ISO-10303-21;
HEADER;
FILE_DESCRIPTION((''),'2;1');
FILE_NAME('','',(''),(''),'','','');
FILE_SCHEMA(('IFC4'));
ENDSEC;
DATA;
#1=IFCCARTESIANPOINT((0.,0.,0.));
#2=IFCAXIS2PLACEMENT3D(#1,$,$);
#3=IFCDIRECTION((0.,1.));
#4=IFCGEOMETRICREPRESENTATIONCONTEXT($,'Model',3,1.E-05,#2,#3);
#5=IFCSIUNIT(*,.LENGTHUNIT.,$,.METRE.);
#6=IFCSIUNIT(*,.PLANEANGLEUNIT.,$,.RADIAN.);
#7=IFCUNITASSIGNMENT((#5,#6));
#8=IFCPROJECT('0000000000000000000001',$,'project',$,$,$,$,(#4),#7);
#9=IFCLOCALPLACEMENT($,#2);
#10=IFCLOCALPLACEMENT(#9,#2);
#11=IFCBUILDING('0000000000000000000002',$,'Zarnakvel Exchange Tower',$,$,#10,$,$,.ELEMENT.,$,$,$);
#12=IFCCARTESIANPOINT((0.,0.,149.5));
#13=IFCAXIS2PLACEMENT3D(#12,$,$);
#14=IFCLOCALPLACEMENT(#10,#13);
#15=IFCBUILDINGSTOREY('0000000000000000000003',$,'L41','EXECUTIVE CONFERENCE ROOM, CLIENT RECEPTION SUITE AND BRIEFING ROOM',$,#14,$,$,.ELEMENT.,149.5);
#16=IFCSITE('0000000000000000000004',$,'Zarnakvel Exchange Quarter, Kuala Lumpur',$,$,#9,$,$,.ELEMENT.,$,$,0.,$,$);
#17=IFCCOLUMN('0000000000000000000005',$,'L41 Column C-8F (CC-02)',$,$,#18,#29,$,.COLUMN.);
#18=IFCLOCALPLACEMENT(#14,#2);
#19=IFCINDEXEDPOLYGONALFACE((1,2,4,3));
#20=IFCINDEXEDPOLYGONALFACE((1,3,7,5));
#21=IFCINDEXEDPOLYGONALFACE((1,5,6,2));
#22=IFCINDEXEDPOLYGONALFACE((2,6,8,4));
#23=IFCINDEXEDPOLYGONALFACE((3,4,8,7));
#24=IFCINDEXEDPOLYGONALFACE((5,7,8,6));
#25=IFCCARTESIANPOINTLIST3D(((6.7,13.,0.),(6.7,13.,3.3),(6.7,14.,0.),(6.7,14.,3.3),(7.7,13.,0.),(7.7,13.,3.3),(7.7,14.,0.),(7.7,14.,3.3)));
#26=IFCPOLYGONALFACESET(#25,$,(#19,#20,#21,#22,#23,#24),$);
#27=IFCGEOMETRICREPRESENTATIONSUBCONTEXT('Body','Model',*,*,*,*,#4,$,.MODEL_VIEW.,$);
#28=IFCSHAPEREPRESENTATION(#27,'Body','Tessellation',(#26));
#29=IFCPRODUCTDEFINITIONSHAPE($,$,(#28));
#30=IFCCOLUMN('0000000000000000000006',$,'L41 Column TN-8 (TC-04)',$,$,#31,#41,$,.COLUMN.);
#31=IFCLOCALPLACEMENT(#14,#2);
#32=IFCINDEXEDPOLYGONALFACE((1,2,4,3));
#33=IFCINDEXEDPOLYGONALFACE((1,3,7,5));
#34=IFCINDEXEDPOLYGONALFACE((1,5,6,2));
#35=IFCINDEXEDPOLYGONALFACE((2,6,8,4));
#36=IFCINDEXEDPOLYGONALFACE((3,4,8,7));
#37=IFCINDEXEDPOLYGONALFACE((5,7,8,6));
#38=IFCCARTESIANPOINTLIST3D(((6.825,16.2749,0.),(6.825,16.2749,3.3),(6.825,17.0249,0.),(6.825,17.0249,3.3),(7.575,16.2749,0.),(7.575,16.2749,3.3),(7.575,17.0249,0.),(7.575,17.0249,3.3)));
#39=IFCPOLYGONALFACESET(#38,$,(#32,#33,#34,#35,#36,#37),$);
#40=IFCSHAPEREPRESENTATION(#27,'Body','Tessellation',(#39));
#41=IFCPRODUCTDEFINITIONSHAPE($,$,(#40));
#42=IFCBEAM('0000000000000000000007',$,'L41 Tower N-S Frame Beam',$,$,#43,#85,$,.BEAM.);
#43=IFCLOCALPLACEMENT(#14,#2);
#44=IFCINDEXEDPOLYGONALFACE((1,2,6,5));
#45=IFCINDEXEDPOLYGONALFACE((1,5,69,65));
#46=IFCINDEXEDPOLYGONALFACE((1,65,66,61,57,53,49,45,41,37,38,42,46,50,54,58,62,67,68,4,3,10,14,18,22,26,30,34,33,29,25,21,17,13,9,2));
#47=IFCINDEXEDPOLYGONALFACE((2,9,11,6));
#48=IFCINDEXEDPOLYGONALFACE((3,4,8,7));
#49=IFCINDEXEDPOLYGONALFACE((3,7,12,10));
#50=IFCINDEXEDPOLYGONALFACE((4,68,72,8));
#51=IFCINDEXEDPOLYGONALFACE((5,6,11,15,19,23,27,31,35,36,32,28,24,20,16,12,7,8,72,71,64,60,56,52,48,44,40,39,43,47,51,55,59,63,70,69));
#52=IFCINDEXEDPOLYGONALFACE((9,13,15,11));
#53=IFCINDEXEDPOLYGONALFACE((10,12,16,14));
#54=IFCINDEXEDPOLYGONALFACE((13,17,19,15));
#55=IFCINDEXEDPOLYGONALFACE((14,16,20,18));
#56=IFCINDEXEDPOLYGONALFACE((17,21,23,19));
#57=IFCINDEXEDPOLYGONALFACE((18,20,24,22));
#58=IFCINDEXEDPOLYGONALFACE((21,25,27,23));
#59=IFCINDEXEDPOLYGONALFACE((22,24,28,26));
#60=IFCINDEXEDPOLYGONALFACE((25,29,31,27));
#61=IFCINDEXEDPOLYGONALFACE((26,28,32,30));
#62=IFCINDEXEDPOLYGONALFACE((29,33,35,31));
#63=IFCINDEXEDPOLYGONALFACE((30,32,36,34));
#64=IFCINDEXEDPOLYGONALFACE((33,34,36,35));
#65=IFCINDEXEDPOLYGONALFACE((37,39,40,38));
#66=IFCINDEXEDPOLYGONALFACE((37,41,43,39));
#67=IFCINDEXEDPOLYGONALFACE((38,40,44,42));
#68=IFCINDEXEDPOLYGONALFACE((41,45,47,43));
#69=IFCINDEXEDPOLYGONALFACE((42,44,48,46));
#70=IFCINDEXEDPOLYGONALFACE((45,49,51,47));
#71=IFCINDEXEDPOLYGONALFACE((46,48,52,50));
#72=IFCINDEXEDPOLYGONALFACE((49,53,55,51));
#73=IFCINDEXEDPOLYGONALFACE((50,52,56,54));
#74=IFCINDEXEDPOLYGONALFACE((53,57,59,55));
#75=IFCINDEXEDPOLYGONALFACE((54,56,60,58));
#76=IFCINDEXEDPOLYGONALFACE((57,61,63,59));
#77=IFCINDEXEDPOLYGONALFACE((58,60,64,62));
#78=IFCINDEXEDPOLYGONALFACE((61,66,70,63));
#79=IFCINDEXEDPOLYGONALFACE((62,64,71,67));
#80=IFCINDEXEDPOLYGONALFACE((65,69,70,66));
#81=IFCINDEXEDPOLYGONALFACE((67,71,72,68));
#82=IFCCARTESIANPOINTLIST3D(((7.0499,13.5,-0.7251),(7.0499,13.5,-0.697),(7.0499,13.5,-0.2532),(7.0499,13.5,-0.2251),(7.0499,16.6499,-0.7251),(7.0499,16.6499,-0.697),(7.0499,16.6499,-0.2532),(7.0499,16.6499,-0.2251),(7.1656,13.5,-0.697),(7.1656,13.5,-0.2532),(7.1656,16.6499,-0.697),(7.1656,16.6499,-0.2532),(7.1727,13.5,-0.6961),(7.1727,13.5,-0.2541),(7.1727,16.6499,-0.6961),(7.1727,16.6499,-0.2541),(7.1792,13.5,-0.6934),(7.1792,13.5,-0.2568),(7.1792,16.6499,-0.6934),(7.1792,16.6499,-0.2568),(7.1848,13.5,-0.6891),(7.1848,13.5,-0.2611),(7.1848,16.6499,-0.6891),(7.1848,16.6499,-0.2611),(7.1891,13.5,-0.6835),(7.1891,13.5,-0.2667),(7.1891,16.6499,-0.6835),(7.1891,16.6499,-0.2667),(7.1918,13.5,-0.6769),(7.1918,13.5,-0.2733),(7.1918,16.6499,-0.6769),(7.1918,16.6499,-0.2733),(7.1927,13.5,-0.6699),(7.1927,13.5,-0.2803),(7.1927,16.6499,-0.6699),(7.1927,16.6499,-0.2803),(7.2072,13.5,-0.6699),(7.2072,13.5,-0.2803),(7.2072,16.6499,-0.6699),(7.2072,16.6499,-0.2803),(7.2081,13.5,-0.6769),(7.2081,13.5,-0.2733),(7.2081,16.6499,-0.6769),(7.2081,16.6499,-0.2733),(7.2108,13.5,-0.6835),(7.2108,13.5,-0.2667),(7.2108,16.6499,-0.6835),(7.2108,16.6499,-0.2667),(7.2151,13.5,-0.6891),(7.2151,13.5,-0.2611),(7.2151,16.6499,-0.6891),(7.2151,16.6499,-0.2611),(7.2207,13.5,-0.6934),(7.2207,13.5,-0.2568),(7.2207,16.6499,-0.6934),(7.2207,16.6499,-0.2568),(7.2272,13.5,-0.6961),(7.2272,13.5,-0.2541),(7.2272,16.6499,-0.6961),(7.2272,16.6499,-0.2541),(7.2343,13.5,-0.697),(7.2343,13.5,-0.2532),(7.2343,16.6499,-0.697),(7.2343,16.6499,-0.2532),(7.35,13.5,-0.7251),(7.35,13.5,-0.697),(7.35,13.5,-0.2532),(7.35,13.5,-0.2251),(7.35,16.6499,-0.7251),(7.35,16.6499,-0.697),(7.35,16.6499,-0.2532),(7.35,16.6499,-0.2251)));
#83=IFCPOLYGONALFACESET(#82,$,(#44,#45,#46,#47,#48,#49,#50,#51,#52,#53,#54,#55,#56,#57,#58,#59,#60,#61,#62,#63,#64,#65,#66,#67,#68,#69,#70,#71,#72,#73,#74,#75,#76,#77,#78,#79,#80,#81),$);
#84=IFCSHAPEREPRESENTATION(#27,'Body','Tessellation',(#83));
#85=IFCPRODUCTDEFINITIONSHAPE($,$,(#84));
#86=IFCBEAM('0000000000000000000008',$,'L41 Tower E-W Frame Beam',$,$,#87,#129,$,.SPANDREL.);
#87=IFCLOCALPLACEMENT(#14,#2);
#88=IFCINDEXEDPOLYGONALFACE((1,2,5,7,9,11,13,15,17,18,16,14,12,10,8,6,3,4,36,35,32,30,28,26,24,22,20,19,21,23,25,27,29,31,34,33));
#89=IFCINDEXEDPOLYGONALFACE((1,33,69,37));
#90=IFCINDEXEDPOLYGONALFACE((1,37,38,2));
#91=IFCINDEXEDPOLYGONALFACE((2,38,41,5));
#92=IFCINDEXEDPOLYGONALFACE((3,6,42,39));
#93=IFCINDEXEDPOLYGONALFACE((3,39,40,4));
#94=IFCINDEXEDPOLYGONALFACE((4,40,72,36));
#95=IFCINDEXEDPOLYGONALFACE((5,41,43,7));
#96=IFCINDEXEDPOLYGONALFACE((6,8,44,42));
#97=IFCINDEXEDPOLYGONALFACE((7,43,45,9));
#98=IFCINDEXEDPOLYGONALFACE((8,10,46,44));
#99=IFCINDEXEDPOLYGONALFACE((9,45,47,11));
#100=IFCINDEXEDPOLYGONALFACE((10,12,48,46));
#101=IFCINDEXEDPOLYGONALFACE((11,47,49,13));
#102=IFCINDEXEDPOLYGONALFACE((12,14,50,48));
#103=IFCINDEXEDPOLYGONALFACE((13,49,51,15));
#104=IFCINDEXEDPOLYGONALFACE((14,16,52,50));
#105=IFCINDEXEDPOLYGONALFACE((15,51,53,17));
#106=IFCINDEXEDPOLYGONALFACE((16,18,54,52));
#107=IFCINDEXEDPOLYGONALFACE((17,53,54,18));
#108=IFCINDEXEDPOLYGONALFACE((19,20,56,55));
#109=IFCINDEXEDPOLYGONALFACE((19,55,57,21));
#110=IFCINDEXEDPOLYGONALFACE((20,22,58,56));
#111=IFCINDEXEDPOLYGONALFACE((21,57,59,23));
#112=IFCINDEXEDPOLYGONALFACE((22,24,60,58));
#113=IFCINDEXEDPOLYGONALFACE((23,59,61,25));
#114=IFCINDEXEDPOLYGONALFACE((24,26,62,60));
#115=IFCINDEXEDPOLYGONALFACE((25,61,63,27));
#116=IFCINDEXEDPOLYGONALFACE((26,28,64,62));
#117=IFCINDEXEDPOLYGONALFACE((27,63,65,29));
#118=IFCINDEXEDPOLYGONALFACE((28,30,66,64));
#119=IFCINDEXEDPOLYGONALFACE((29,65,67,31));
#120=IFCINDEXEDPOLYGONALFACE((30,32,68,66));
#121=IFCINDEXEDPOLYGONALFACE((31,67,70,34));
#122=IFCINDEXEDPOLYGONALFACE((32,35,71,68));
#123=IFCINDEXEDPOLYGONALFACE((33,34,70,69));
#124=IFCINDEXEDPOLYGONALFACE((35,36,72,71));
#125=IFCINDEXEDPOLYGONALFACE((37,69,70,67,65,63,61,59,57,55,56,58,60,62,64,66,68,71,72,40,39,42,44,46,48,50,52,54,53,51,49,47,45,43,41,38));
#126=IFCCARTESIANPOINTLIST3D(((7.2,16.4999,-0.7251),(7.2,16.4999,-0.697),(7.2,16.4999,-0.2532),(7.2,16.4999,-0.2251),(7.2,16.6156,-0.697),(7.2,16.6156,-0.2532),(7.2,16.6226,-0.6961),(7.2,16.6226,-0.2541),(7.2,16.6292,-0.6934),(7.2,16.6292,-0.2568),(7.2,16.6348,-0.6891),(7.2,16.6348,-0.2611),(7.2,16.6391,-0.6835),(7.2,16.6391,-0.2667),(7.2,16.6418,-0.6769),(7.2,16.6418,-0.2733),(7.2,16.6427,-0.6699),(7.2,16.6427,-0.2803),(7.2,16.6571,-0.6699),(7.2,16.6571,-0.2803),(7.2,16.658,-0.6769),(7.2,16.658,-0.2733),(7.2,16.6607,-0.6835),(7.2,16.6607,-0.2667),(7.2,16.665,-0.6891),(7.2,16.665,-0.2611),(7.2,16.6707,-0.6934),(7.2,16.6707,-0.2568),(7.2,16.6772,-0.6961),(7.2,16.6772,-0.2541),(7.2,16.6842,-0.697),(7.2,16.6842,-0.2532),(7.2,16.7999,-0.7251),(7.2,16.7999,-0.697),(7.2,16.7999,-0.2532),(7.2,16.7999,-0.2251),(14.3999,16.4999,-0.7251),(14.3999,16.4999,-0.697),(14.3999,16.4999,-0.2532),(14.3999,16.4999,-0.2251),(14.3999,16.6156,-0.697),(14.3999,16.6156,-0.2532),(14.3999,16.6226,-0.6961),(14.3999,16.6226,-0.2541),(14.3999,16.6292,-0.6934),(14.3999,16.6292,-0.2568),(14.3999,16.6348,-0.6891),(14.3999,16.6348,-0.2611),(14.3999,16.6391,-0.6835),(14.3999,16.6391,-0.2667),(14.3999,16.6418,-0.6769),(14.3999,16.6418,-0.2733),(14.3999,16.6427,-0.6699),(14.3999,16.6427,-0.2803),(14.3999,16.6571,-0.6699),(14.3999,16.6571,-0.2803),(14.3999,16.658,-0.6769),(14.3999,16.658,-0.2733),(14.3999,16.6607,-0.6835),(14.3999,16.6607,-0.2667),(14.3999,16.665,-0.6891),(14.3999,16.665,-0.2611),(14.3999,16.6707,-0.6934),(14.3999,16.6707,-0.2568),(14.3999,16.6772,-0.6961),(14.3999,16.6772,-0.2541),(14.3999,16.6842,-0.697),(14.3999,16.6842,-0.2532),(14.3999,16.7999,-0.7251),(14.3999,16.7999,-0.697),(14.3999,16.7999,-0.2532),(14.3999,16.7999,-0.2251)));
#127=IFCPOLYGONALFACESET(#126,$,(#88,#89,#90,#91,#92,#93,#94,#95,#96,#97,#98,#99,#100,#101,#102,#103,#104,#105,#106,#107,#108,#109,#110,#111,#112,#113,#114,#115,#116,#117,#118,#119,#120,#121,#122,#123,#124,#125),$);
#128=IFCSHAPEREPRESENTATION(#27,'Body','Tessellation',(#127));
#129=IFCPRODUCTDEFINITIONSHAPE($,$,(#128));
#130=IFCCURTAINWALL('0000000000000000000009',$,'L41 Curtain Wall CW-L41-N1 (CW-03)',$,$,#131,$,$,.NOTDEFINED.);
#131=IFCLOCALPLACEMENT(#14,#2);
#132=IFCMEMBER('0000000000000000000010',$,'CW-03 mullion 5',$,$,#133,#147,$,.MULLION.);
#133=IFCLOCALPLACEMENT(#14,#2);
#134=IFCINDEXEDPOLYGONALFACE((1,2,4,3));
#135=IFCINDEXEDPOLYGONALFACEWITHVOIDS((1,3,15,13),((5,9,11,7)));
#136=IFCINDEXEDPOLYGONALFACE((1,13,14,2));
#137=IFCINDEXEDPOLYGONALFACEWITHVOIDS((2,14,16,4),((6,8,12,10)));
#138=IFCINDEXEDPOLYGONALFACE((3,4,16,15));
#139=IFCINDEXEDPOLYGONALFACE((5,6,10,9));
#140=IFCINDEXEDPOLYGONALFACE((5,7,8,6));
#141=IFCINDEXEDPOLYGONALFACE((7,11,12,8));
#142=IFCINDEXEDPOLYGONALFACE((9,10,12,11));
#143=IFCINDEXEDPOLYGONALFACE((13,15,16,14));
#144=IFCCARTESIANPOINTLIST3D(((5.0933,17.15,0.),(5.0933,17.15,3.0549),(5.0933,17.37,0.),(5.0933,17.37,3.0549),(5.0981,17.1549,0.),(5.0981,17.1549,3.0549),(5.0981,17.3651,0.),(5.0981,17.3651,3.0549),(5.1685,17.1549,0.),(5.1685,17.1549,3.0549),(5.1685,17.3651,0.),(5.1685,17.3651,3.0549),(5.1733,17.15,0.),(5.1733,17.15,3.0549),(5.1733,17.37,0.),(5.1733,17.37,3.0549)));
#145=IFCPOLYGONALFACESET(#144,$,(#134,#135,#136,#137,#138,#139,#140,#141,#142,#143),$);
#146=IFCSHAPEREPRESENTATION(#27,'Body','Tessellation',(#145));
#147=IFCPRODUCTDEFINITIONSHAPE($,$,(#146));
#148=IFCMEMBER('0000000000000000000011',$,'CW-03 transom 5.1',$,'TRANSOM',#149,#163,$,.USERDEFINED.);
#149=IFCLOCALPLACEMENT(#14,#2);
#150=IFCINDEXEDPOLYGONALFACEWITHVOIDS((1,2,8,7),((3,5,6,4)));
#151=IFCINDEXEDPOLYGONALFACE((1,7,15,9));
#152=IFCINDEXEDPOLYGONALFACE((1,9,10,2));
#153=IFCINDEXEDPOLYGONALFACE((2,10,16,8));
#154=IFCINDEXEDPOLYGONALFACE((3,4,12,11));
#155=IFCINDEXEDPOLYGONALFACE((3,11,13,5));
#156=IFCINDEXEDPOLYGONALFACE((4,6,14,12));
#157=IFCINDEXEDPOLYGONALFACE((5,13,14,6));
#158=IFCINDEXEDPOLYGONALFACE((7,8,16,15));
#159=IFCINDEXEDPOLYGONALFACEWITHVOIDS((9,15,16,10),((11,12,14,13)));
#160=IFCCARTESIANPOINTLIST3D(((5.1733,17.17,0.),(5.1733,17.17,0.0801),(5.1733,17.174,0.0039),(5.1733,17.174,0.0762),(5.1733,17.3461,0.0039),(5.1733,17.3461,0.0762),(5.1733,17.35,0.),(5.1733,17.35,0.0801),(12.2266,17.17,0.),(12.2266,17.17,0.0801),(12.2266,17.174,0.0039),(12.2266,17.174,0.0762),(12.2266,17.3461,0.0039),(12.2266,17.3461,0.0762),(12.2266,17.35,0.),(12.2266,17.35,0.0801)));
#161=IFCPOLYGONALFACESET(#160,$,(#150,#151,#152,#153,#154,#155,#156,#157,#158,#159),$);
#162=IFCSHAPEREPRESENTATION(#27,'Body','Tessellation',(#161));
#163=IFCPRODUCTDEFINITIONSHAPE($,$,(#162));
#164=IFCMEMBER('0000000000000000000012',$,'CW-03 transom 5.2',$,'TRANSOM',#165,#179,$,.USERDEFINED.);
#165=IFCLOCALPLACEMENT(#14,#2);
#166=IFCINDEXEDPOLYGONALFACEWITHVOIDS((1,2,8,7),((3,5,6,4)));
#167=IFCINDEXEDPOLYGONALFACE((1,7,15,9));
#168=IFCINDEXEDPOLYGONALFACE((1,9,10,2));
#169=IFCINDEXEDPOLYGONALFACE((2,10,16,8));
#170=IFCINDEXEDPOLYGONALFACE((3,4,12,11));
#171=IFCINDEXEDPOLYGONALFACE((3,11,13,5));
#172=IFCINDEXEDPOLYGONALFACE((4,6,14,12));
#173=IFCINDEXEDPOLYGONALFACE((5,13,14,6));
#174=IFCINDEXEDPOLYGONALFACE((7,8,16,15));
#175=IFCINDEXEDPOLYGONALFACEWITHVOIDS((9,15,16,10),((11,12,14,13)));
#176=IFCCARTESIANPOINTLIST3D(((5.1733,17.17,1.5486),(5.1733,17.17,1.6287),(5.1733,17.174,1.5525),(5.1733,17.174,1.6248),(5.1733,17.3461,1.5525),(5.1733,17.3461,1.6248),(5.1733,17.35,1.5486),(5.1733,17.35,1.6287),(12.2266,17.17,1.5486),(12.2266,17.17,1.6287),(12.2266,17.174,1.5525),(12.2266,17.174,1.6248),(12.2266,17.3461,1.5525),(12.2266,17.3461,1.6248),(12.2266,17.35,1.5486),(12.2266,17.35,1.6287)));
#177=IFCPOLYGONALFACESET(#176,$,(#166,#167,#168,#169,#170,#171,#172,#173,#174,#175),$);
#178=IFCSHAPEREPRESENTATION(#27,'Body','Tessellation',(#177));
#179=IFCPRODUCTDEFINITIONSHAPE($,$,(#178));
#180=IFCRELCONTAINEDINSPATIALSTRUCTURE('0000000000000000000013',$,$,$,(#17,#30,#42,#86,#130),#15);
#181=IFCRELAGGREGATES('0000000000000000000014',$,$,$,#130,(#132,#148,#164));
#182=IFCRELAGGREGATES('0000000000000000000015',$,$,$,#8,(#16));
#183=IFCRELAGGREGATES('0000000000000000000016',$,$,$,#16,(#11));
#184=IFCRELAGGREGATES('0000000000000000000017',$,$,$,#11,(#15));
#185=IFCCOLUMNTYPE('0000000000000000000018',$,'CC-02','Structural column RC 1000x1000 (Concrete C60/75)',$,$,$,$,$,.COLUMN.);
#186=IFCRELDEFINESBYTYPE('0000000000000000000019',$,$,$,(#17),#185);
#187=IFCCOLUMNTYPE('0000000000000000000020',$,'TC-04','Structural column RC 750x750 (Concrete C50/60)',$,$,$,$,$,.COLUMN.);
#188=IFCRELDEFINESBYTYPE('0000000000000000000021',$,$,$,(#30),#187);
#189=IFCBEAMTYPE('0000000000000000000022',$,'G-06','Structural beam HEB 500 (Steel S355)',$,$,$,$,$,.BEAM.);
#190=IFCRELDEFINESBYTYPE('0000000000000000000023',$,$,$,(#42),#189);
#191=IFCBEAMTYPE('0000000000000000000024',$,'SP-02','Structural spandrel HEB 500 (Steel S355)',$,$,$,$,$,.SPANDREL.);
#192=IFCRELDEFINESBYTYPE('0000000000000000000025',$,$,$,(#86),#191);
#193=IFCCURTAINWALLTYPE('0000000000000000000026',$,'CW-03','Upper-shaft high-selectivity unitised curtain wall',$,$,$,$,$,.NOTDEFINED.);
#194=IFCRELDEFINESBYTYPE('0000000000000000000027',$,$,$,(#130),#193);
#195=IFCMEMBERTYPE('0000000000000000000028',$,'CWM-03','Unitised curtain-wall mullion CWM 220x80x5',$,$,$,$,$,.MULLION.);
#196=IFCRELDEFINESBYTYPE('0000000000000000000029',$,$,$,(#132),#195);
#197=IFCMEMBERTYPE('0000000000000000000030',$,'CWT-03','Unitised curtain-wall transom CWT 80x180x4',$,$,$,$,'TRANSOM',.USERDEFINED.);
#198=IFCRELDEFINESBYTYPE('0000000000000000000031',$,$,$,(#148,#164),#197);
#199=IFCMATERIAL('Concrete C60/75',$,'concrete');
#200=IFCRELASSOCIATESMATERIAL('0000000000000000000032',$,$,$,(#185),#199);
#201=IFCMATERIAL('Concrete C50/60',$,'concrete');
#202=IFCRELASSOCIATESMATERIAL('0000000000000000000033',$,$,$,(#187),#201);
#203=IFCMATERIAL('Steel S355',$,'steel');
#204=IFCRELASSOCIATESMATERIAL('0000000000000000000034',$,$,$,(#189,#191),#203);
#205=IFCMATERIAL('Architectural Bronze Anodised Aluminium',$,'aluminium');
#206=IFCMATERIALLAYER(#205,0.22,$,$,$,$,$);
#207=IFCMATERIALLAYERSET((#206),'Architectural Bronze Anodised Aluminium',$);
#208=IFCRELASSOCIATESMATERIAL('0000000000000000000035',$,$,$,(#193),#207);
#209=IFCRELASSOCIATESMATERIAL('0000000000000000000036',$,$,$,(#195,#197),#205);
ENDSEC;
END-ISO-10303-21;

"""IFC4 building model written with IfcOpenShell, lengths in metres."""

from ifc_helpers import new_model, si_unit, direction, frame, origin, origin_2d, place, context, subcontext, project, spatial, rectangle, hollow_rectangle, i_section, extrude, source, transform, mapped, material, layer, layer_set, material_profile, profile_set, type_object, element, aggregate, save


model = new_model("IFC4")

# Units and contexts
model_context = context("Model", 3, precision=1e-05, world=origin(), true_north=direction((0.0, 1.0)))
body_context = subcontext(model_context, "Body", "Model", "MODEL_VIEW")
ifc_project = project(units=[si_unit("LENGTHUNIT", "METRE"), si_unit("PLANEANGLEUNIT", "RADIAN")], contexts=[model_context])

# Site, building, storey
site_placement = place(None, origin())
site = spatial("IfcSite", under=ifc_project, at=site_placement, Name="Zarnakvel Exchange Quarter, Kuala Lumpur", CompositionType="ELEMENT", RefElevation=0.0)
building_placement = place(site_placement, origin())
building = spatial("IfcBuilding", under=site, at=building_placement, Name="Zarnakvel Exchange Tower", CompositionType="ELEMENT")
storey_placement = place(building_placement, frame((0.0, 0.0, 149.5)))
storey = spatial("IfcBuildingStorey", under=building, at=storey_placement, Name="L41", Description="EXECUTIVE CONFERENCE ROOM, CLIENT RECEPTION SUITE AND BRIEFING ROOM", CompositionType="ELEMENT", Elevation=149.5)

# Columns
ifc_material_1 = material(Name="Concrete C60/75", Category="concrete")
ifc_material_profile_1 = material_profile(ifc_material_1, rectangle(XDim=1.0, YDim=1.0, at=origin_2d()))
ifc_profile_set_1 = profile_set([ifc_material_profile_1], Name="Concrete C60/75")
column_type_1 = type_object("IfcColumnType", Name="CC-02", Description="Structural column RC 1000x1000 (Concrete C60/75)", PredefinedType="COLUMN", material=ifc_profile_set_1)
column_1_placement = place(storey_placement, frame((7.2, 13.5, 0.0), z_axis=(0.0, 0.0, 1.0), x_axis=(1.0, 0.0, 0.0)))
element("IfcColumn", 1, at=column_1_placement, inside=storey, type_object=column_type_1, Name="L41 Column C-8F (CC-02)", PredefinedType="COLUMN", context=body_context, shape_type="SweptSolid", body=[
    extrude(rectangle(XDim=1.0, YDim=1.0, at=origin_2d()), origin(), (0.0, 0.0, 1.0), 3.3),
])
ifc_material_2 = material(Name="Concrete C50/60", Category="concrete")
ifc_material_profile_2 = material_profile(ifc_material_2, rectangle(XDim=0.75, YDim=0.75, at=origin_2d()))
ifc_profile_set_2 = profile_set([ifc_material_profile_2], Name="Concrete C50/60")
column_type_2 = type_object("IfcColumnType", Name="TC-04", Description="Structural column RC 750x750 (Concrete C50/60)", PredefinedType="COLUMN", material=ifc_profile_set_2)
column_2_placement = place(storey_placement, frame((7.2, 16.6499, 0.0), z_axis=(0.0, 0.0, 1.0), x_axis=(1.0, 0.0, 0.0)))
element("IfcColumn", 2, at=column_2_placement, inside=storey, type_object=column_type_2, Name="L41 Column TN-8 (TC-04)", PredefinedType="COLUMN", context=body_context, shape_type="SweptSolid", body=[
    extrude(rectangle(XDim=0.75, YDim=0.75, at=origin_2d()), origin(), (0.0, 0.0, 1.0), 3.3),
])

# Beams
ifc_material_3 = material(Name="Steel S355", Category="steel")
ifc_material_profile_3 = material_profile(ifc_material_3, i_section(OverallWidth=0.3, OverallDepth=0.5, WebThickness=0.0144, FlangeThickness=0.0281, FilletRadius=0.0271, at=origin_2d()))
ifc_profile_set_3 = profile_set([ifc_material_profile_3], Name="Steel S355")
beam_type_1 = type_object("IfcBeamType", Name="G-06", Description="Structural beam HEB 500 (Steel S355)", PredefinedType="BEAM", material=ifc_profile_set_3)
beam_1_placement = place(storey_placement, frame((7.2, 13.5, -0.4751), z_axis=(0.0, 1.0, 0.0), x_axis=(-1.0, 0.0, 0.0)))
element("IfcBeam", 3, at=beam_1_placement, inside=storey, type_object=beam_type_1, Name="L41 Tower N-S Frame Beam", PredefinedType="BEAM", context=body_context, shape_type="SweptSolid", body=[
    extrude(i_section(OverallWidth=0.3, OverallDepth=0.5, WebThickness=0.0144, FlangeThickness=0.0281, FilletRadius=0.0271, at=origin_2d()), origin(), (0.0, 0.0, 1.0), 3.1499),
])
ifc_material_profile_4 = material_profile(ifc_material_3, i_section(OverallWidth=0.3, OverallDepth=0.5, WebThickness=0.0144, FlangeThickness=0.0281, FilletRadius=0.0271, at=origin_2d()))
ifc_profile_set_4 = profile_set([ifc_material_profile_4], Name="Steel S355")
beam_type_2 = type_object("IfcBeamType", Name="SP-02", Description="Structural spandrel HEB 500 (Steel S355)", PredefinedType="SPANDREL", material=ifc_profile_set_4)
beam_2_placement = place(storey_placement, frame((7.2, 16.6499, -0.4751), z_axis=(1.0, 0.0, 0.0), x_axis=(0.0, 1.0, 0.0)))
element("IfcBeam", 4, at=beam_2_placement, inside=storey, type_object=beam_type_2, Name="L41 Tower E-W Frame Beam", PredefinedType="SPANDREL", context=body_context, shape_type="SweptSolid", body=[
    extrude(i_section(OverallWidth=0.3, OverallDepth=0.5, WebThickness=0.0144, FlangeThickness=0.0281, FilletRadius=0.0271, at=origin_2d()), origin(), (0.0, 0.0, 1.0), 7.2),
])

# Curtain wall, members
ifc_material_4 = material(Name="Architectural Bronze Anodised Aluminium", Category="aluminium")
ifc_layer_1 = layer(ifc_material_4, 0.22)
ifc_layer_set_1 = layer_set([ifc_layer_1], Name="Architectural Bronze Anodised Aluminium")
curtain_wall_type = type_object("IfcCurtainWallType", Name="CW-03", Description="Upper-shaft high-selectivity unitised curtain wall", PredefinedType="NOTDEFINED", material=ifc_layer_set_1)
curtain_wall_placement = place(storey_placement, origin())
curtain_wall = element("IfcCurtainWall", 5, at=curtain_wall_placement, inside=storey, type_object=curtain_wall_type, Name="L41 Curtain Wall CW-L41-N1 (CW-03)", PredefinedType="NOTDEFINED")
ifc_material_profile_5 = material_profile(ifc_material_4, hollow_rectangle(XDim=0.22, YDim=0.0801, WallThickness=0.0049, at=origin_2d()))
ifc_profile_set_5 = profile_set([ifc_material_profile_5], Name="Architectural Bronze Anodised Aluminium")
member_type_1 = type_object("IfcMemberType", Name="CWM-03", Description="Unitised curtain-wall mullion CWM 220x80x5", PredefinedType="MULLION", material=ifc_profile_set_5)
shared_shape_1 = source(origin(), body_context, "Body", "SweptSolid", [
    extrude(hollow_rectangle(XDim=0.22, YDim=0.0801, WallThickness=0.0049, at=origin_2d()), origin(), (0.0, 0.0, 1.0), 3.0549),
])
member_1_placement = place(storey_placement, frame((5.1333, 17.26, 0.0), z_axis=(0.0, 0.0, 1.0), x_axis=(0.0, 1.0, 0.0)))
member_1 = element("IfcMember", 6, at=member_1_placement, type_object=member_type_1, Name="CW-03 mullion 5", PredefinedType="MULLION", context=body_context, shape_type="MappedRepresentation", body=[
    mapped(shared_shape_1, transform((0.0, 0.0, 0.0), x_axis=(1.0, 0.0, 0.0), y_axis=(0.0, 1.0, 0.0), z_axis=(0.0, 0.0, 1.0), scale=1.0)),
])
ifc_material_profile_6 = material_profile(ifc_material_4, hollow_rectangle(XDim=0.1799, YDim=0.0801, WallThickness=0.0039, at=origin_2d()))
ifc_profile_set_6 = profile_set([ifc_material_profile_6], Name="Architectural Bronze Anodised Aluminium")
member_type_2 = type_object("IfcMemberType", Name="CWT-03", Description="Unitised curtain-wall transom CWT 80x180x4", ElementType="TRANSOM", PredefinedType="USERDEFINED", material=ifc_profile_set_6)
shared_shape_2 = source(origin(), body_context, "Body", "SweptSolid", [
    extrude(hollow_rectangle(XDim=0.1799, YDim=0.0801, WallThickness=0.0039, at=origin_2d()), origin(), (0.0, 0.0, 1.0), 7.0532),
])
member_2_placement = place(storey_placement, frame((5.1733, 17.26, 0.04), z_axis=(1.0, 0.0, 0.0), x_axis=(0.0, 1.0, 0.0)))
member_2 = element("IfcMember", 7, at=member_2_placement, type_object=member_type_2, Name="CW-03 transom 5.1", ObjectType="TRANSOM", PredefinedType="USERDEFINED", context=body_context, shape_type="MappedRepresentation", body=[
    mapped(shared_shape_2, transform((0.0, 0.0, 0.0), x_axis=(1.0, 0.0, 0.0), y_axis=(0.0, 1.0, 0.0), z_axis=(0.0, 0.0, 1.0), scale=1.0)),
])
member_3_placement = place(storey_placement, frame((5.1733, 17.26, 1.5886), z_axis=(1.0, 0.0, 0.0), x_axis=(0.0, 1.0, 0.0)))
member_3 = element("IfcMember", 8, at=member_3_placement, type_object=member_type_2, Name="CW-03 transom 5.2", ObjectType="TRANSOM", PredefinedType="USERDEFINED", context=body_context, shape_type="MappedRepresentation", body=[
    mapped(shared_shape_2, transform((0.0, 0.0, 0.0), x_axis=(1.0, 0.0, 0.0), y_axis=(0.0, 1.0, 0.0), z_axis=(0.0, 0.0, 1.0), scale=1.0)),
])
aggregate(curtain_wall, [member_1, member_2, member_3])

save(model, "model.ifc")
